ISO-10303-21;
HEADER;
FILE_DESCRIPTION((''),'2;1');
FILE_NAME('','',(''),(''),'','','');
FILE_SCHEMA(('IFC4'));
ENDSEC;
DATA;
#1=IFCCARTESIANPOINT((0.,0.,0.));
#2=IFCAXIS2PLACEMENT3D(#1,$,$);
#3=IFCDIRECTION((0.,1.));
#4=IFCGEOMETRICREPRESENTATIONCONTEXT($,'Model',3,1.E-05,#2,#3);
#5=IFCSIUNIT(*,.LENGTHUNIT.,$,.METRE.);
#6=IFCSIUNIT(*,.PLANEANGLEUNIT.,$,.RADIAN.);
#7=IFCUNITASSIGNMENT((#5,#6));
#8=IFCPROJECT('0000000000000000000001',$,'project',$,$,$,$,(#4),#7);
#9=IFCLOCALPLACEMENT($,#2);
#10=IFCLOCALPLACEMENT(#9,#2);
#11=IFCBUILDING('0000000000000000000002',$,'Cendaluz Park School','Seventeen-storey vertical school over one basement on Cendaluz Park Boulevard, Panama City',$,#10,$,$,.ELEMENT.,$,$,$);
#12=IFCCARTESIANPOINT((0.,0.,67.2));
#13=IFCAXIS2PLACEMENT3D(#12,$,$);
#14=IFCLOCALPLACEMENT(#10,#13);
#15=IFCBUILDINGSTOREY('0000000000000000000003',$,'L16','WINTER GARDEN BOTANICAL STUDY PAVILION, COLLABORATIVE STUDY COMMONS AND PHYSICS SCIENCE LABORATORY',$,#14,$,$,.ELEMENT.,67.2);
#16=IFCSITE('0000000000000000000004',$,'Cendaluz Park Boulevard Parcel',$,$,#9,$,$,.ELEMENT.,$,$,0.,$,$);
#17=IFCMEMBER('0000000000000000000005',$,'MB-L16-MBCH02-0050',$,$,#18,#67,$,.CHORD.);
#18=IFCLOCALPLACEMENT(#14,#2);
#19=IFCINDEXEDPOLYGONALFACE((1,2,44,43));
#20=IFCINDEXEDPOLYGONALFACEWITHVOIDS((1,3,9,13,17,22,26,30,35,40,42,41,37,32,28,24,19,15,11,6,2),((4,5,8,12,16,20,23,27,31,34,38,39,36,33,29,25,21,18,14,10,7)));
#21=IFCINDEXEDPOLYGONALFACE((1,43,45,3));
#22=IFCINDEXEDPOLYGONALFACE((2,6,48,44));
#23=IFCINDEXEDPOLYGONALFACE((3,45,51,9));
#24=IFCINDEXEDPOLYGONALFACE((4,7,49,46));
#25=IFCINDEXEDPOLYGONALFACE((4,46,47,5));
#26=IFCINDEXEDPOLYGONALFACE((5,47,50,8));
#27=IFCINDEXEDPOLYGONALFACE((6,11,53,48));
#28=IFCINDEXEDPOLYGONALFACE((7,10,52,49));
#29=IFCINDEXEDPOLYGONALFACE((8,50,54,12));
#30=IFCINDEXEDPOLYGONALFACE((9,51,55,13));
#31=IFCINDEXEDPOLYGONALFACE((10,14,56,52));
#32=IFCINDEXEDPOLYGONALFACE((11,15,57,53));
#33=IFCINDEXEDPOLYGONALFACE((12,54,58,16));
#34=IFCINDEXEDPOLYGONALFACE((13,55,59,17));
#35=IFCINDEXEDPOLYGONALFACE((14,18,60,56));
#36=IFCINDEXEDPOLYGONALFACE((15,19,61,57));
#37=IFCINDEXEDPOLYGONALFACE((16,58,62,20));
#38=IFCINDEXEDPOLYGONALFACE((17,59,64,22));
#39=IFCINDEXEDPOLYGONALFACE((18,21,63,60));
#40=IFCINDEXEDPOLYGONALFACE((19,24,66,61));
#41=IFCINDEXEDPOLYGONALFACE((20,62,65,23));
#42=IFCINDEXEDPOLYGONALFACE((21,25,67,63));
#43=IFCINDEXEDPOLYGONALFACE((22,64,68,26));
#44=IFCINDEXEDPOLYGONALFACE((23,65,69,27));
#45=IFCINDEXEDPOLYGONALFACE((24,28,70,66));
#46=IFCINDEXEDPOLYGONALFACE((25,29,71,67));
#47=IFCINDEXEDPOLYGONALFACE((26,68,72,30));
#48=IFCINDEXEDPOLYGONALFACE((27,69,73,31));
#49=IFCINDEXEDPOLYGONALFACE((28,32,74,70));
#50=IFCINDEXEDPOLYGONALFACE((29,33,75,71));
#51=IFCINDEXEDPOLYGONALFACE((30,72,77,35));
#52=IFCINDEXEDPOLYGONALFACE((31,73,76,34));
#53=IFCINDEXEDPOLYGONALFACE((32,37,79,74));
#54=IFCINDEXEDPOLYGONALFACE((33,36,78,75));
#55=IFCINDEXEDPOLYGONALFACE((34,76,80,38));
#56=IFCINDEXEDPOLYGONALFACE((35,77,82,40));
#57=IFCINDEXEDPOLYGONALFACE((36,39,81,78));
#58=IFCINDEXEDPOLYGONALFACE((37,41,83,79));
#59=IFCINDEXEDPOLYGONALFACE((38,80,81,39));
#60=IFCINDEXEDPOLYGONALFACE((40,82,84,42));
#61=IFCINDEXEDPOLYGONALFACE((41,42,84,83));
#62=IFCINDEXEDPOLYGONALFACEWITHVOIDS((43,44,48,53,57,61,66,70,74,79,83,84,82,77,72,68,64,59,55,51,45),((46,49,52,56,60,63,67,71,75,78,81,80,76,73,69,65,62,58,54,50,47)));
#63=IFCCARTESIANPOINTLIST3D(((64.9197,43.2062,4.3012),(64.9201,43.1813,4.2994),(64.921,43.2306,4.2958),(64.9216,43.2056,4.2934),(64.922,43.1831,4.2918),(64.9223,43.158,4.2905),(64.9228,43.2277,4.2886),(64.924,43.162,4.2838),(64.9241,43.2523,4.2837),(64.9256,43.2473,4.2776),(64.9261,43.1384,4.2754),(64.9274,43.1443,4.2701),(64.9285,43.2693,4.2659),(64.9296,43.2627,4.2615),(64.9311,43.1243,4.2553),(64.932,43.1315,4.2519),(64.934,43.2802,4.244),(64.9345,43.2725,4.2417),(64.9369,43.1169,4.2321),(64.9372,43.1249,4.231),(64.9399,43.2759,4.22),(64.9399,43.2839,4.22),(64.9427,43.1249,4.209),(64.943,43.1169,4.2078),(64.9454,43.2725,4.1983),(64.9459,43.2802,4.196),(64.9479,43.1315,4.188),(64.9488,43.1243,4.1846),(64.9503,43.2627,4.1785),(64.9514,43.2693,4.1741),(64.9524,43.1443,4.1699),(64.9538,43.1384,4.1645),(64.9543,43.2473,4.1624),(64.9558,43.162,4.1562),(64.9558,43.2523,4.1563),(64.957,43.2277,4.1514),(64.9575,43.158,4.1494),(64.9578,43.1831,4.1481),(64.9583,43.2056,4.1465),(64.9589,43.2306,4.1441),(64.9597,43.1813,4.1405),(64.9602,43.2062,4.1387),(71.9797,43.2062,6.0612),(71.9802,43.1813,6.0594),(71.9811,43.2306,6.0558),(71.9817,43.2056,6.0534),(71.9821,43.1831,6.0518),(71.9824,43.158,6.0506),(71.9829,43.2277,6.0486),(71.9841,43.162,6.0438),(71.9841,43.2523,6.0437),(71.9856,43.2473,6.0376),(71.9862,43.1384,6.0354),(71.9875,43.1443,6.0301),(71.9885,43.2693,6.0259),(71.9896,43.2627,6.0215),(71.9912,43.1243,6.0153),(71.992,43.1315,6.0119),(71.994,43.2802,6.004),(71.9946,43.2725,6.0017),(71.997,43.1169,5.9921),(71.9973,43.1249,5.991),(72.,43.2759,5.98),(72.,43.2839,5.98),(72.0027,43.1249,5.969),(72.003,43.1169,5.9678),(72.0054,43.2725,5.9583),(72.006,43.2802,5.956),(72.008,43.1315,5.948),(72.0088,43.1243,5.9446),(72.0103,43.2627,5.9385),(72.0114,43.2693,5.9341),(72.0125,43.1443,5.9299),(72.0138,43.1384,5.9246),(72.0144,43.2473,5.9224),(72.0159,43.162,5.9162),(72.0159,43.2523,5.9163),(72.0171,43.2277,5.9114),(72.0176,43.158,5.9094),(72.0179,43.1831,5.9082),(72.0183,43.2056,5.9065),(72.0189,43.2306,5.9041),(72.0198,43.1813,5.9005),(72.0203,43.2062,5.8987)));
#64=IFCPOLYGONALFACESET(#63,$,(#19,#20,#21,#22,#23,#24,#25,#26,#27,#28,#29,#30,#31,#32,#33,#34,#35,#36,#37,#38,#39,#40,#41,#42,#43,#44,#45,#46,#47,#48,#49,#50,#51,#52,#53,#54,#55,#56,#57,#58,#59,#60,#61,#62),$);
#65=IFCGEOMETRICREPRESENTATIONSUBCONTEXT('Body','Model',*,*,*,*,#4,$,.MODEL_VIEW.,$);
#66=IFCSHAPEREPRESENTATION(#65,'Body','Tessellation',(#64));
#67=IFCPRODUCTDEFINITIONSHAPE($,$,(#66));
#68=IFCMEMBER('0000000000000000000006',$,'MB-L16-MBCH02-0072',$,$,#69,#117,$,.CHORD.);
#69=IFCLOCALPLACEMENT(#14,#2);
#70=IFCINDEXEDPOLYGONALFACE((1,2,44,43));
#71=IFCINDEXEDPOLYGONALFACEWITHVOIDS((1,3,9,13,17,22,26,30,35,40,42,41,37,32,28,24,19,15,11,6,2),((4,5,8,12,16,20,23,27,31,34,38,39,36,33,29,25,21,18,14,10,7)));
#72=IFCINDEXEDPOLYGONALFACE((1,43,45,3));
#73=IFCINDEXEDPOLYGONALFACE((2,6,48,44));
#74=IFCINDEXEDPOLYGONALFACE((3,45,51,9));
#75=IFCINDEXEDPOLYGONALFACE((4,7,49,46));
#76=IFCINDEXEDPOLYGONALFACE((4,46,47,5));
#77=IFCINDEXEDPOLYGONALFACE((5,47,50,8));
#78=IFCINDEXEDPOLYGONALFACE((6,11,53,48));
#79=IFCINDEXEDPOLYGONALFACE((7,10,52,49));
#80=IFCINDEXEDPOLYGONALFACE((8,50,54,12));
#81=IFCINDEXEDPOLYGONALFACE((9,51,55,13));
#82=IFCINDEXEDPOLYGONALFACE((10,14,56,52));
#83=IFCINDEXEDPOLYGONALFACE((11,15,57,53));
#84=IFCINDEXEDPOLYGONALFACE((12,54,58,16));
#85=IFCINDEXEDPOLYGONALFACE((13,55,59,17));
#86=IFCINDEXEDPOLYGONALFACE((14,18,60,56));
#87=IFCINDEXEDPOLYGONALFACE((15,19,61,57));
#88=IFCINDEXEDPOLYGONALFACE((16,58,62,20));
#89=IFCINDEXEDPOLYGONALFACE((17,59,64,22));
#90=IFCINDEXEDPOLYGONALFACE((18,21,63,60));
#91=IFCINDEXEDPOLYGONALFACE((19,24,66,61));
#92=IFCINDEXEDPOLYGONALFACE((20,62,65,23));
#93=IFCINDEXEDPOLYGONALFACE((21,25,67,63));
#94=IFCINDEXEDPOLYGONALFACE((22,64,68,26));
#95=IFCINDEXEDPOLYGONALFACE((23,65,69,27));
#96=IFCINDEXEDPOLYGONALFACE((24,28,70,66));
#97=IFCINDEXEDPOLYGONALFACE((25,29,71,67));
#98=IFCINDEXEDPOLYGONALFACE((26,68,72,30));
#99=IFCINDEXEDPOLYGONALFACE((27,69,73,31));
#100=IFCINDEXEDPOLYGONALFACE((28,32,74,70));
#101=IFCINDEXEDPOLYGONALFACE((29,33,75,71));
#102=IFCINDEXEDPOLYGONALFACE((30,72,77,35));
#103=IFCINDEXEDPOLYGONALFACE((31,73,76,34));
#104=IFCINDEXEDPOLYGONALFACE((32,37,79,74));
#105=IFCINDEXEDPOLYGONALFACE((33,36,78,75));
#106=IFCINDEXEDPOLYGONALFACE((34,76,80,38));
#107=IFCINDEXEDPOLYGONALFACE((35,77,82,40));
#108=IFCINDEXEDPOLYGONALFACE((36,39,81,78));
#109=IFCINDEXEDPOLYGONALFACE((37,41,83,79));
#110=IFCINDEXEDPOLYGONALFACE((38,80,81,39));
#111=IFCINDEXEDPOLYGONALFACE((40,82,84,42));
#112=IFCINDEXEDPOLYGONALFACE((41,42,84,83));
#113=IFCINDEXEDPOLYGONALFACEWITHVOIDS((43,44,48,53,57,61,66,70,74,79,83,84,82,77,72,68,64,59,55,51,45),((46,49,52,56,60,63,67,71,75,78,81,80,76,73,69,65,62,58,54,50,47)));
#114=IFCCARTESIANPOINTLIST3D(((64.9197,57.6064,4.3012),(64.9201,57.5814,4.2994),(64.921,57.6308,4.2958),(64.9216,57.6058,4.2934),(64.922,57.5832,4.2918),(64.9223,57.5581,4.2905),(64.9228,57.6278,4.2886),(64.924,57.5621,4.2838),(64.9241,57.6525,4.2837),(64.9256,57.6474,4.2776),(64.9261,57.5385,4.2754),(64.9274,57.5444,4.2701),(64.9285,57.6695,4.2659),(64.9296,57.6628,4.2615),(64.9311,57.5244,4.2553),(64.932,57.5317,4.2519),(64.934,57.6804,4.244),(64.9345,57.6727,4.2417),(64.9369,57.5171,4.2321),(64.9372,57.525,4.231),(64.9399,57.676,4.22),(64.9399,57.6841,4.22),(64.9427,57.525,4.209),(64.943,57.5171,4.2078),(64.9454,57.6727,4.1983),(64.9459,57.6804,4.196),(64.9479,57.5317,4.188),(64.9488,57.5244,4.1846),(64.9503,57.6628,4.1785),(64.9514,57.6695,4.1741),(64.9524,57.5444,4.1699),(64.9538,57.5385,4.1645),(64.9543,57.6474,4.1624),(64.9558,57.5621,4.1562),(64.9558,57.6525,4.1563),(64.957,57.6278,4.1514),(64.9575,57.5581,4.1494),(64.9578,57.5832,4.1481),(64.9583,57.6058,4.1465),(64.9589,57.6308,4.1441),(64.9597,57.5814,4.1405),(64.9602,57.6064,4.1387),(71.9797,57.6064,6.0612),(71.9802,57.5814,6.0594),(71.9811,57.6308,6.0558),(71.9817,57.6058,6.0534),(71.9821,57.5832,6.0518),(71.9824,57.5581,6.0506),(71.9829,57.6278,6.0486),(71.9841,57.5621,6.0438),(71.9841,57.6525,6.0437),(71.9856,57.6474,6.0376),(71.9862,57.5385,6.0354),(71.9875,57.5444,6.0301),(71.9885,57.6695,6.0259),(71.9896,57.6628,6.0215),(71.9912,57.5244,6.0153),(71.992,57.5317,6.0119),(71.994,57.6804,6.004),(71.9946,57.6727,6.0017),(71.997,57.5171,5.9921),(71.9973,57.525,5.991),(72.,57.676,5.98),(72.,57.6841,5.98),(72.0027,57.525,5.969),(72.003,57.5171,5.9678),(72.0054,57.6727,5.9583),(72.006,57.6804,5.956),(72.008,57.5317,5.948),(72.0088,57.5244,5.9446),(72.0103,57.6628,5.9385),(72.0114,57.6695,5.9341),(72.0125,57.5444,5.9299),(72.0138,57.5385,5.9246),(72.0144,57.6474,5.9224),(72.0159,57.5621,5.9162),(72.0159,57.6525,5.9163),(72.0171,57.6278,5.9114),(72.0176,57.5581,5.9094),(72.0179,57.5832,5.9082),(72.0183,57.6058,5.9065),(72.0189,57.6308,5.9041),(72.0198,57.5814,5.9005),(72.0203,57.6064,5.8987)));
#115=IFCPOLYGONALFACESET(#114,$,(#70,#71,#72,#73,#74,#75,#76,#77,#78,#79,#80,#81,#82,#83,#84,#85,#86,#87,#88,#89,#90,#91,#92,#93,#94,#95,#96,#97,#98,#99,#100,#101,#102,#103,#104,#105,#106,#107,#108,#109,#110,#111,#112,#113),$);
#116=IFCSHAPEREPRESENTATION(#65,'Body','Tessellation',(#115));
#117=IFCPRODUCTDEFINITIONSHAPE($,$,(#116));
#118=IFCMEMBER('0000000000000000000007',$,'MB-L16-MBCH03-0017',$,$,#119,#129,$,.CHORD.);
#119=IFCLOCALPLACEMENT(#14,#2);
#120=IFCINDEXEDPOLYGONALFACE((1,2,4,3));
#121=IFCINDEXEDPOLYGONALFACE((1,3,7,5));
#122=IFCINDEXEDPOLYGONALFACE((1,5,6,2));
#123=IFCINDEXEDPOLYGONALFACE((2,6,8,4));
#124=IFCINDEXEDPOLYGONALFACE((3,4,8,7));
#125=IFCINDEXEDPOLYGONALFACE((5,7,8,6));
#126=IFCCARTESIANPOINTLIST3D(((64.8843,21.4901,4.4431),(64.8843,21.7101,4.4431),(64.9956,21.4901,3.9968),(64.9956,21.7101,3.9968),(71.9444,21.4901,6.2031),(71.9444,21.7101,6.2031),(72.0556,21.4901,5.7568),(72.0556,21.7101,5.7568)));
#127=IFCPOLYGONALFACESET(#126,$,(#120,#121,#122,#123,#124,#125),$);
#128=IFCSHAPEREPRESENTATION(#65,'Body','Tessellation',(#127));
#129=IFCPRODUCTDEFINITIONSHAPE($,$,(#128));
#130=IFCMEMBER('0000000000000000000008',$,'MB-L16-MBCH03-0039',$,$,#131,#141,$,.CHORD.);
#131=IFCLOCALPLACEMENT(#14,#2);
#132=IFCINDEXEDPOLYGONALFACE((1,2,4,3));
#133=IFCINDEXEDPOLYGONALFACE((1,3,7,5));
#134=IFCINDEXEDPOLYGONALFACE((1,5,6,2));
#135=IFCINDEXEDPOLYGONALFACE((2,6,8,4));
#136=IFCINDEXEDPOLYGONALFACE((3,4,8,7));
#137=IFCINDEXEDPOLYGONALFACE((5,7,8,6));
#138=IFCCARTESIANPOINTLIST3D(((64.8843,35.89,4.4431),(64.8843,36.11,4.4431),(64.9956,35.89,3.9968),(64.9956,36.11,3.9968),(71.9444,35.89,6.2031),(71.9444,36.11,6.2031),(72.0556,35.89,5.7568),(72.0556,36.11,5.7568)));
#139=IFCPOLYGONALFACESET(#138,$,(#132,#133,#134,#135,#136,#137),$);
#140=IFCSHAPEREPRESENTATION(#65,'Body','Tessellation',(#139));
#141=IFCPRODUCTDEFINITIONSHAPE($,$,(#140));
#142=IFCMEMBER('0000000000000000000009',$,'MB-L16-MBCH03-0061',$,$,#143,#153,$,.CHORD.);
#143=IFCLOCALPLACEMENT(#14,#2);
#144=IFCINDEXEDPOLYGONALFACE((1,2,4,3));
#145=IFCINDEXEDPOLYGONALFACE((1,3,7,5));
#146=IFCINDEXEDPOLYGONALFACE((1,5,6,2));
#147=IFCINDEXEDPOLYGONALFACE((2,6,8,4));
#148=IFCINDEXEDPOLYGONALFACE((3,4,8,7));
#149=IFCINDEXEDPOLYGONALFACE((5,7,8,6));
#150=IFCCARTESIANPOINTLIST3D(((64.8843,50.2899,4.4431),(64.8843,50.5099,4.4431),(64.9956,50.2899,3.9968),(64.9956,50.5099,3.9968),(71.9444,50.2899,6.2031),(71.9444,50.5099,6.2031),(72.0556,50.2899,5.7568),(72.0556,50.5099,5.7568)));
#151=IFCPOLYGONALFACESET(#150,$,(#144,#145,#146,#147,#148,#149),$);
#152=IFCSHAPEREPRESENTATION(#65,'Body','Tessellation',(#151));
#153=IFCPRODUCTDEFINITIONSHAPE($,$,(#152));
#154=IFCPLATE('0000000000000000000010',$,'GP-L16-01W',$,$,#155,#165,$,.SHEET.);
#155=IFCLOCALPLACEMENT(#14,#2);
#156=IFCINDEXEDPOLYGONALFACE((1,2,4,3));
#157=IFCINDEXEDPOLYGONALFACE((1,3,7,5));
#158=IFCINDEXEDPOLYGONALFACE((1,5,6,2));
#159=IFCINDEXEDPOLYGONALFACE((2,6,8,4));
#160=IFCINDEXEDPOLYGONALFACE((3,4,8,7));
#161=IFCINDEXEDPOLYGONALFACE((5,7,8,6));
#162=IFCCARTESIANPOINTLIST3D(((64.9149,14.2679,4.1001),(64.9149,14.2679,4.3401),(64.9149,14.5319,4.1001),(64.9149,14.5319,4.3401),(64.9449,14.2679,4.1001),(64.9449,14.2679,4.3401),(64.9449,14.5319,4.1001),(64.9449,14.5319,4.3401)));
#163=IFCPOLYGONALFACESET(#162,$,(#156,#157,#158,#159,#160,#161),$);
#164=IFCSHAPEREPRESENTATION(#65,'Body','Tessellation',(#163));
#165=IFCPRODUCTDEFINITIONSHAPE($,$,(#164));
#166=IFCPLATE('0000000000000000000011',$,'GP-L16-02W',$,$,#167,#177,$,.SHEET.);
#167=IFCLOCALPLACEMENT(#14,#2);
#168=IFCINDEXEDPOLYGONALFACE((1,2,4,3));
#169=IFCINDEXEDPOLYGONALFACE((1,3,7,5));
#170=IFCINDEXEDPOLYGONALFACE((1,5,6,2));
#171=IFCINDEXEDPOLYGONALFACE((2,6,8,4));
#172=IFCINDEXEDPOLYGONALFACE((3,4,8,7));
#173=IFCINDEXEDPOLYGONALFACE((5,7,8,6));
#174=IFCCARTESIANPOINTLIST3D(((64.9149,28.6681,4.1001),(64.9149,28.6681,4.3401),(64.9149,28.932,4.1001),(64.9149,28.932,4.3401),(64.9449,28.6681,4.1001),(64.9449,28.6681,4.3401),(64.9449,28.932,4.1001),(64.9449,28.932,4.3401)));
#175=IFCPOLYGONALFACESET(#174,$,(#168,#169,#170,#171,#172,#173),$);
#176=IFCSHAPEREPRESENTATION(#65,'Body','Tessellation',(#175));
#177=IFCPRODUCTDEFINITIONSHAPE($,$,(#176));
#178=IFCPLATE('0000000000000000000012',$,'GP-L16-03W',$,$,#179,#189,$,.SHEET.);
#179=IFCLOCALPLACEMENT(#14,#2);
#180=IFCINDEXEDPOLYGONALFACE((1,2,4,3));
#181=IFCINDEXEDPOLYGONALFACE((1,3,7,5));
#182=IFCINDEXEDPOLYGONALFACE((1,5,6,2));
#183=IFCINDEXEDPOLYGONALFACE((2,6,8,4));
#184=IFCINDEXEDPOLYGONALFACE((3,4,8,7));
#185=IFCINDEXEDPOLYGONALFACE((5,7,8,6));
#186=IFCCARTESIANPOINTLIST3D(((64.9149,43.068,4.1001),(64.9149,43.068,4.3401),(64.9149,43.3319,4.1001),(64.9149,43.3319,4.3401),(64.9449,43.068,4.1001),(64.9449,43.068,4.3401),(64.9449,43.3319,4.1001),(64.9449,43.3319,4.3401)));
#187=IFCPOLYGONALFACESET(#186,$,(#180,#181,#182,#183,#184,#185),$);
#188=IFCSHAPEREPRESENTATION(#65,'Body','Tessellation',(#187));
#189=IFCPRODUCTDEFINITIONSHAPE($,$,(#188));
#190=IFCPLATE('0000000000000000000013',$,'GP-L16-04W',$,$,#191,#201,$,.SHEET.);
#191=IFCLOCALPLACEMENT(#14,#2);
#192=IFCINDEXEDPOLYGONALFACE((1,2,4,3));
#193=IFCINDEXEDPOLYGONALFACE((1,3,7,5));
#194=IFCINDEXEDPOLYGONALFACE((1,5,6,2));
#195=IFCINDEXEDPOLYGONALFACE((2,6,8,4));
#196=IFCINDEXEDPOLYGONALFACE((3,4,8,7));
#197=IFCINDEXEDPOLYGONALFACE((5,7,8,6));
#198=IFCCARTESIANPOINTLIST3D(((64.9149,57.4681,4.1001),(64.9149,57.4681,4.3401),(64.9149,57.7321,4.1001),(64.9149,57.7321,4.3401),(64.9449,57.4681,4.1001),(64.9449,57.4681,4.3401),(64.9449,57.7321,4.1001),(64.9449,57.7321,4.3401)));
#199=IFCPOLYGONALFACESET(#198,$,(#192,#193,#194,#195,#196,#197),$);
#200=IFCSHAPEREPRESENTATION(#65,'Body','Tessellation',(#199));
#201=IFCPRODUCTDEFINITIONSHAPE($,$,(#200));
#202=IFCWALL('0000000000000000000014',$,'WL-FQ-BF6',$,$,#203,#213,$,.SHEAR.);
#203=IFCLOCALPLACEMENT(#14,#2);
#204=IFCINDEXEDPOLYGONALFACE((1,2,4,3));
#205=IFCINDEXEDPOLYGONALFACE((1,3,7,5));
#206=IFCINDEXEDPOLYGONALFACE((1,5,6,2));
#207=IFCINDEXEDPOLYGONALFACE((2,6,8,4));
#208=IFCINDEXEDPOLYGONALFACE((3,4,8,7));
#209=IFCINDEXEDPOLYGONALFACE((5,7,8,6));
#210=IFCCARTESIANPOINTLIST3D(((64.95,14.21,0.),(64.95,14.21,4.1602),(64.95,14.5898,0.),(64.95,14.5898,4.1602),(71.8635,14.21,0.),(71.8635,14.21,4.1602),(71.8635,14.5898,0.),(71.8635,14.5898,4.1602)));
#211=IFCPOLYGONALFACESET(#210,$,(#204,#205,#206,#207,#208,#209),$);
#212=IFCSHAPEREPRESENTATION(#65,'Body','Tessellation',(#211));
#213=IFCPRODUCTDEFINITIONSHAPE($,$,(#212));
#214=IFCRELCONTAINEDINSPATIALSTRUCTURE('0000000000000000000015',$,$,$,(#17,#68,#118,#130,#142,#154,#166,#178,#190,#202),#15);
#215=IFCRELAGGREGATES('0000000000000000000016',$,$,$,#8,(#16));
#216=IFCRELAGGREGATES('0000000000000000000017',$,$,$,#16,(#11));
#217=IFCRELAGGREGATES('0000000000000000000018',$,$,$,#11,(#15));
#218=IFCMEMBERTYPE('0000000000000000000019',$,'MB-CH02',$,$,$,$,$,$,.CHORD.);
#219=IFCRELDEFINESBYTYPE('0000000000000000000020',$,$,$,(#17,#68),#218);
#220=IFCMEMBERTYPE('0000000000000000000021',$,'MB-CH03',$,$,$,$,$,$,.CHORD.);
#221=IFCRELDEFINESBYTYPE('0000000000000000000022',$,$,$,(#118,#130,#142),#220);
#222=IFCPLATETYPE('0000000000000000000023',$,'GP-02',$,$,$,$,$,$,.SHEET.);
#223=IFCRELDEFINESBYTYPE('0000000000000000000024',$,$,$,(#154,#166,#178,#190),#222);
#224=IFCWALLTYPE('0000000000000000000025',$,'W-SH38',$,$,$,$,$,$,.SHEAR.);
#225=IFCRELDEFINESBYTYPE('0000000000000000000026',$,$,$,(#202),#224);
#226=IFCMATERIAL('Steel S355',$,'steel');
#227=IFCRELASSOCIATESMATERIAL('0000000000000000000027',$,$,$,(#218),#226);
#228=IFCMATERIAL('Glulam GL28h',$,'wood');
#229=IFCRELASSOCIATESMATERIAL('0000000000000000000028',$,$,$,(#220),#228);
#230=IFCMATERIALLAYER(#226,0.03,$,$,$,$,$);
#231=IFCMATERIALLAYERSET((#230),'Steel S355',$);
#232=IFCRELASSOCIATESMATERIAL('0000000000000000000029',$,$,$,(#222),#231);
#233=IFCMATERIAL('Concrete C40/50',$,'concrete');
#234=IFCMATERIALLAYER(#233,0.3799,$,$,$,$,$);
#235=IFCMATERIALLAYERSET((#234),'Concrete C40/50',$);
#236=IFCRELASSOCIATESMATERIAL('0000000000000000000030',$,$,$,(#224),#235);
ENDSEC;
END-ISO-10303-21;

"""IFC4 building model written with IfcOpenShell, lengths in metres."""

from ifc_helpers import new_model, si_unit, direction, frame, frame_2d, origin, origin_2d, place, context, subcontext, project, spatial, rectangle, hollow_circle, extrude, material, layer, layer_set, material_profile, profile_set, type_object, element, save


model = new_model("IFC4")

# Units and contexts
model_context = context("Model", 3, precision=1e-05, world=origin(), true_north=direction((0.0, 1.0)))
body_context = subcontext(model_context, "Body", "Model", "MODEL_VIEW")
ifc_project = project(units=[si_unit("LENGTHUNIT", "METRE"), si_unit("PLANEANGLEUNIT", "RADIAN")], contexts=[model_context])

# Site, building, storey
site_placement = place(None, origin())
site = spatial("IfcSite", under=ifc_project, at=site_placement, Name="Cendaluz Park Boulevard Parcel", CompositionType="ELEMENT", RefElevation=0.0)
building_placement = place(site_placement, origin())
building = spatial("IfcBuilding", under=site, at=building_placement, Name="Cendaluz Park School", Description="Seventeen-storey vertical school over one basement on Cendaluz Park Boulevard, Panama City", CompositionType="ELEMENT")
storey_placement = place(building_placement, frame((0.0, 0.0, 67.2)))
storey = spatial("IfcBuildingStorey", under=building, at=storey_placement, Name="L16", Description="WINTER GARDEN BOTANICAL STUDY PAVILION, COLLABORATIVE STUDY COMMONS AND PHYSICS SCIENCE LABORATORY", CompositionType="ELEMENT", Elevation=67.2)

# Shared definitions
ifc_material_1 = material(Name="Steel S355", Category="steel")

# Members
ifc_material_profile_1 = material_profile(ifc_material_1, hollow_circle(Radius=0.084, WallThickness=0.0081, at=origin_2d()), Name="CHS 168x8", Category="steel")
ifc_profile_set_1 = profile_set([ifc_material_profile_1], Name="Steel S355")
member_type_1 = type_object("IfcMemberType", Name="MB-CH02", PredefinedType="CHORD", material=ifc_profile_set_1)
for number, where, z_axis, x_axis, name in (
    (1, (64.9399, 43.2, 4.22), (0.970304, 0.0, 0.241888), (0.0, 1.0, 0.0), "MB-L16-MBCH02-0050"),
    (2, (64.9399, 57.6001, 4.22), (0.970304, 0.0, 0.241888), (0.0, 1.0, 0.0), "MB-L16-MBCH02-0072"),
):
    element("IfcMember", number, at=place(storey_placement, frame(where, z_axis=z_axis, x_axis=x_axis)), inside=storey, type_object=member_type_1, Name=name, PredefinedType="CHORD", context=body_context, shape_type="SweptSolid", body=[
        extrude(hollow_circle(Radius=0.084, WallThickness=0.0081, at=origin_2d()), origin(), (0.0, 0.0, 1.0), 7.2761),
    ])
ifc_material_2 = material(Name="Glulam GL28h", Category="wood")
ifc_material_profile_2 = material_profile(ifc_material_2, rectangle(XDim=0.22, YDim=0.46, at=origin_2d()), Name="GL28h 220x460", Category="wood")
ifc_profile_set_2 = profile_set([ifc_material_profile_2], Name="Glulam GL28h")
member_type_2 = type_object("IfcMemberType", Name="MB-CH03", PredefinedType="CHORD", material=ifc_profile_set_2)
for number, where, z_axis, x_axis, name in (
    (3, (64.9399, 21.6001, 4.22), (0.970304, 0.0, 0.241888), (0.0, 1.0, 0.0), "MB-L16-MBCH03-0017"),
    (4, (64.9399, 36.0, 4.22), (0.970304, 0.0, 0.241888), (0.0, 1.0, 0.0), "MB-L16-MBCH03-0039"),
    (5, (64.9399, 50.3999, 4.22), (0.970304, 0.0, 0.241888), (0.0, 1.0, 0.0), "MB-L16-MBCH03-0061"),
):
    element("IfcMember", number, at=place(storey_placement, frame(where, z_axis=z_axis, x_axis=x_axis)), inside=storey, type_object=member_type_2, Name=name, PredefinedType="CHORD", context=body_context, shape_type="SweptSolid", body=[
        extrude(rectangle(XDim=0.22, YDim=0.46, at=origin_2d()), origin(), (0.0, 0.0, 1.0), 7.2761),
    ])

# Plates
ifc_layer_1 = layer(ifc_material_1, 0.03)
ifc_layer_set_1 = layer_set([ifc_layer_1], Name="Steel S355")
plate_type = type_object("IfcPlateType", Name="GP-02", PredefinedType="SHEET", material=ifc_layer_set_1)
for number, where, z_axis, x_axis, name in (
    (6, (64.9299, 14.3999, 4.1001), (0.0, 0.0, 1.0), (1.0, 0.0, 0.0), "GP-L16-01W"),
    (7, (64.9299, 28.8, 4.1001), (0.0, 0.0, 1.0), (1.0, 0.0, 0.0), "GP-L16-02W"),
    (8, (64.9299, 43.2, 4.1001), (0.0, 0.0, 1.0), (1.0, 0.0, 0.0), "GP-L16-03W"),
    (9, (64.9299, 57.6001, 4.1001), (0.0, 0.0, 1.0), (1.0, 0.0, 0.0), "GP-L16-04W"),
):
    element("IfcPlate", number, at=place(storey_placement, frame(where, z_axis=z_axis, x_axis=x_axis)), inside=storey, type_object=plate_type, Name=name, PredefinedType="SHEET", context=body_context, shape_type="SweptSolid", body=[
        extrude(rectangle(XDim=0.03, YDim=0.2639, at=origin_2d()), origin(), (0.0, 0.0, 1.0), 0.24),
    ])

# Wall
ifc_material_3 = material(Name="Concrete C40/50", Category="concrete")
ifc_layer_2 = layer(ifc_material_3, 0.3799)
ifc_layer_set_2 = layer_set([ifc_layer_2], Name="Concrete C40/50")
wall_type = type_object("IfcWallType", Name="W-SH38", PredefinedType="SHEAR", material=ifc_layer_set_2)
wall_1_placement = place(storey_placement, frame((64.95, 14.3999, 0.0), z_axis=(0.0, 0.0, 1.0), x_axis=(1.0, 0.0, 0.0)))
element("IfcWall", 10, at=wall_1_placement, inside=storey, type_object=wall_type, Name="WL-FQ-BF6", PredefinedType="SHEAR", context=body_context, shape_type="SweptSolid", body=[
    extrude(rectangle(XDim=6.9136, YDim=0.3799, at=frame_2d((3.4568, 0.0))), origin(), (0.0, 0.0, 1.0), 4.1602),
])

save(model, "model.ifc")
